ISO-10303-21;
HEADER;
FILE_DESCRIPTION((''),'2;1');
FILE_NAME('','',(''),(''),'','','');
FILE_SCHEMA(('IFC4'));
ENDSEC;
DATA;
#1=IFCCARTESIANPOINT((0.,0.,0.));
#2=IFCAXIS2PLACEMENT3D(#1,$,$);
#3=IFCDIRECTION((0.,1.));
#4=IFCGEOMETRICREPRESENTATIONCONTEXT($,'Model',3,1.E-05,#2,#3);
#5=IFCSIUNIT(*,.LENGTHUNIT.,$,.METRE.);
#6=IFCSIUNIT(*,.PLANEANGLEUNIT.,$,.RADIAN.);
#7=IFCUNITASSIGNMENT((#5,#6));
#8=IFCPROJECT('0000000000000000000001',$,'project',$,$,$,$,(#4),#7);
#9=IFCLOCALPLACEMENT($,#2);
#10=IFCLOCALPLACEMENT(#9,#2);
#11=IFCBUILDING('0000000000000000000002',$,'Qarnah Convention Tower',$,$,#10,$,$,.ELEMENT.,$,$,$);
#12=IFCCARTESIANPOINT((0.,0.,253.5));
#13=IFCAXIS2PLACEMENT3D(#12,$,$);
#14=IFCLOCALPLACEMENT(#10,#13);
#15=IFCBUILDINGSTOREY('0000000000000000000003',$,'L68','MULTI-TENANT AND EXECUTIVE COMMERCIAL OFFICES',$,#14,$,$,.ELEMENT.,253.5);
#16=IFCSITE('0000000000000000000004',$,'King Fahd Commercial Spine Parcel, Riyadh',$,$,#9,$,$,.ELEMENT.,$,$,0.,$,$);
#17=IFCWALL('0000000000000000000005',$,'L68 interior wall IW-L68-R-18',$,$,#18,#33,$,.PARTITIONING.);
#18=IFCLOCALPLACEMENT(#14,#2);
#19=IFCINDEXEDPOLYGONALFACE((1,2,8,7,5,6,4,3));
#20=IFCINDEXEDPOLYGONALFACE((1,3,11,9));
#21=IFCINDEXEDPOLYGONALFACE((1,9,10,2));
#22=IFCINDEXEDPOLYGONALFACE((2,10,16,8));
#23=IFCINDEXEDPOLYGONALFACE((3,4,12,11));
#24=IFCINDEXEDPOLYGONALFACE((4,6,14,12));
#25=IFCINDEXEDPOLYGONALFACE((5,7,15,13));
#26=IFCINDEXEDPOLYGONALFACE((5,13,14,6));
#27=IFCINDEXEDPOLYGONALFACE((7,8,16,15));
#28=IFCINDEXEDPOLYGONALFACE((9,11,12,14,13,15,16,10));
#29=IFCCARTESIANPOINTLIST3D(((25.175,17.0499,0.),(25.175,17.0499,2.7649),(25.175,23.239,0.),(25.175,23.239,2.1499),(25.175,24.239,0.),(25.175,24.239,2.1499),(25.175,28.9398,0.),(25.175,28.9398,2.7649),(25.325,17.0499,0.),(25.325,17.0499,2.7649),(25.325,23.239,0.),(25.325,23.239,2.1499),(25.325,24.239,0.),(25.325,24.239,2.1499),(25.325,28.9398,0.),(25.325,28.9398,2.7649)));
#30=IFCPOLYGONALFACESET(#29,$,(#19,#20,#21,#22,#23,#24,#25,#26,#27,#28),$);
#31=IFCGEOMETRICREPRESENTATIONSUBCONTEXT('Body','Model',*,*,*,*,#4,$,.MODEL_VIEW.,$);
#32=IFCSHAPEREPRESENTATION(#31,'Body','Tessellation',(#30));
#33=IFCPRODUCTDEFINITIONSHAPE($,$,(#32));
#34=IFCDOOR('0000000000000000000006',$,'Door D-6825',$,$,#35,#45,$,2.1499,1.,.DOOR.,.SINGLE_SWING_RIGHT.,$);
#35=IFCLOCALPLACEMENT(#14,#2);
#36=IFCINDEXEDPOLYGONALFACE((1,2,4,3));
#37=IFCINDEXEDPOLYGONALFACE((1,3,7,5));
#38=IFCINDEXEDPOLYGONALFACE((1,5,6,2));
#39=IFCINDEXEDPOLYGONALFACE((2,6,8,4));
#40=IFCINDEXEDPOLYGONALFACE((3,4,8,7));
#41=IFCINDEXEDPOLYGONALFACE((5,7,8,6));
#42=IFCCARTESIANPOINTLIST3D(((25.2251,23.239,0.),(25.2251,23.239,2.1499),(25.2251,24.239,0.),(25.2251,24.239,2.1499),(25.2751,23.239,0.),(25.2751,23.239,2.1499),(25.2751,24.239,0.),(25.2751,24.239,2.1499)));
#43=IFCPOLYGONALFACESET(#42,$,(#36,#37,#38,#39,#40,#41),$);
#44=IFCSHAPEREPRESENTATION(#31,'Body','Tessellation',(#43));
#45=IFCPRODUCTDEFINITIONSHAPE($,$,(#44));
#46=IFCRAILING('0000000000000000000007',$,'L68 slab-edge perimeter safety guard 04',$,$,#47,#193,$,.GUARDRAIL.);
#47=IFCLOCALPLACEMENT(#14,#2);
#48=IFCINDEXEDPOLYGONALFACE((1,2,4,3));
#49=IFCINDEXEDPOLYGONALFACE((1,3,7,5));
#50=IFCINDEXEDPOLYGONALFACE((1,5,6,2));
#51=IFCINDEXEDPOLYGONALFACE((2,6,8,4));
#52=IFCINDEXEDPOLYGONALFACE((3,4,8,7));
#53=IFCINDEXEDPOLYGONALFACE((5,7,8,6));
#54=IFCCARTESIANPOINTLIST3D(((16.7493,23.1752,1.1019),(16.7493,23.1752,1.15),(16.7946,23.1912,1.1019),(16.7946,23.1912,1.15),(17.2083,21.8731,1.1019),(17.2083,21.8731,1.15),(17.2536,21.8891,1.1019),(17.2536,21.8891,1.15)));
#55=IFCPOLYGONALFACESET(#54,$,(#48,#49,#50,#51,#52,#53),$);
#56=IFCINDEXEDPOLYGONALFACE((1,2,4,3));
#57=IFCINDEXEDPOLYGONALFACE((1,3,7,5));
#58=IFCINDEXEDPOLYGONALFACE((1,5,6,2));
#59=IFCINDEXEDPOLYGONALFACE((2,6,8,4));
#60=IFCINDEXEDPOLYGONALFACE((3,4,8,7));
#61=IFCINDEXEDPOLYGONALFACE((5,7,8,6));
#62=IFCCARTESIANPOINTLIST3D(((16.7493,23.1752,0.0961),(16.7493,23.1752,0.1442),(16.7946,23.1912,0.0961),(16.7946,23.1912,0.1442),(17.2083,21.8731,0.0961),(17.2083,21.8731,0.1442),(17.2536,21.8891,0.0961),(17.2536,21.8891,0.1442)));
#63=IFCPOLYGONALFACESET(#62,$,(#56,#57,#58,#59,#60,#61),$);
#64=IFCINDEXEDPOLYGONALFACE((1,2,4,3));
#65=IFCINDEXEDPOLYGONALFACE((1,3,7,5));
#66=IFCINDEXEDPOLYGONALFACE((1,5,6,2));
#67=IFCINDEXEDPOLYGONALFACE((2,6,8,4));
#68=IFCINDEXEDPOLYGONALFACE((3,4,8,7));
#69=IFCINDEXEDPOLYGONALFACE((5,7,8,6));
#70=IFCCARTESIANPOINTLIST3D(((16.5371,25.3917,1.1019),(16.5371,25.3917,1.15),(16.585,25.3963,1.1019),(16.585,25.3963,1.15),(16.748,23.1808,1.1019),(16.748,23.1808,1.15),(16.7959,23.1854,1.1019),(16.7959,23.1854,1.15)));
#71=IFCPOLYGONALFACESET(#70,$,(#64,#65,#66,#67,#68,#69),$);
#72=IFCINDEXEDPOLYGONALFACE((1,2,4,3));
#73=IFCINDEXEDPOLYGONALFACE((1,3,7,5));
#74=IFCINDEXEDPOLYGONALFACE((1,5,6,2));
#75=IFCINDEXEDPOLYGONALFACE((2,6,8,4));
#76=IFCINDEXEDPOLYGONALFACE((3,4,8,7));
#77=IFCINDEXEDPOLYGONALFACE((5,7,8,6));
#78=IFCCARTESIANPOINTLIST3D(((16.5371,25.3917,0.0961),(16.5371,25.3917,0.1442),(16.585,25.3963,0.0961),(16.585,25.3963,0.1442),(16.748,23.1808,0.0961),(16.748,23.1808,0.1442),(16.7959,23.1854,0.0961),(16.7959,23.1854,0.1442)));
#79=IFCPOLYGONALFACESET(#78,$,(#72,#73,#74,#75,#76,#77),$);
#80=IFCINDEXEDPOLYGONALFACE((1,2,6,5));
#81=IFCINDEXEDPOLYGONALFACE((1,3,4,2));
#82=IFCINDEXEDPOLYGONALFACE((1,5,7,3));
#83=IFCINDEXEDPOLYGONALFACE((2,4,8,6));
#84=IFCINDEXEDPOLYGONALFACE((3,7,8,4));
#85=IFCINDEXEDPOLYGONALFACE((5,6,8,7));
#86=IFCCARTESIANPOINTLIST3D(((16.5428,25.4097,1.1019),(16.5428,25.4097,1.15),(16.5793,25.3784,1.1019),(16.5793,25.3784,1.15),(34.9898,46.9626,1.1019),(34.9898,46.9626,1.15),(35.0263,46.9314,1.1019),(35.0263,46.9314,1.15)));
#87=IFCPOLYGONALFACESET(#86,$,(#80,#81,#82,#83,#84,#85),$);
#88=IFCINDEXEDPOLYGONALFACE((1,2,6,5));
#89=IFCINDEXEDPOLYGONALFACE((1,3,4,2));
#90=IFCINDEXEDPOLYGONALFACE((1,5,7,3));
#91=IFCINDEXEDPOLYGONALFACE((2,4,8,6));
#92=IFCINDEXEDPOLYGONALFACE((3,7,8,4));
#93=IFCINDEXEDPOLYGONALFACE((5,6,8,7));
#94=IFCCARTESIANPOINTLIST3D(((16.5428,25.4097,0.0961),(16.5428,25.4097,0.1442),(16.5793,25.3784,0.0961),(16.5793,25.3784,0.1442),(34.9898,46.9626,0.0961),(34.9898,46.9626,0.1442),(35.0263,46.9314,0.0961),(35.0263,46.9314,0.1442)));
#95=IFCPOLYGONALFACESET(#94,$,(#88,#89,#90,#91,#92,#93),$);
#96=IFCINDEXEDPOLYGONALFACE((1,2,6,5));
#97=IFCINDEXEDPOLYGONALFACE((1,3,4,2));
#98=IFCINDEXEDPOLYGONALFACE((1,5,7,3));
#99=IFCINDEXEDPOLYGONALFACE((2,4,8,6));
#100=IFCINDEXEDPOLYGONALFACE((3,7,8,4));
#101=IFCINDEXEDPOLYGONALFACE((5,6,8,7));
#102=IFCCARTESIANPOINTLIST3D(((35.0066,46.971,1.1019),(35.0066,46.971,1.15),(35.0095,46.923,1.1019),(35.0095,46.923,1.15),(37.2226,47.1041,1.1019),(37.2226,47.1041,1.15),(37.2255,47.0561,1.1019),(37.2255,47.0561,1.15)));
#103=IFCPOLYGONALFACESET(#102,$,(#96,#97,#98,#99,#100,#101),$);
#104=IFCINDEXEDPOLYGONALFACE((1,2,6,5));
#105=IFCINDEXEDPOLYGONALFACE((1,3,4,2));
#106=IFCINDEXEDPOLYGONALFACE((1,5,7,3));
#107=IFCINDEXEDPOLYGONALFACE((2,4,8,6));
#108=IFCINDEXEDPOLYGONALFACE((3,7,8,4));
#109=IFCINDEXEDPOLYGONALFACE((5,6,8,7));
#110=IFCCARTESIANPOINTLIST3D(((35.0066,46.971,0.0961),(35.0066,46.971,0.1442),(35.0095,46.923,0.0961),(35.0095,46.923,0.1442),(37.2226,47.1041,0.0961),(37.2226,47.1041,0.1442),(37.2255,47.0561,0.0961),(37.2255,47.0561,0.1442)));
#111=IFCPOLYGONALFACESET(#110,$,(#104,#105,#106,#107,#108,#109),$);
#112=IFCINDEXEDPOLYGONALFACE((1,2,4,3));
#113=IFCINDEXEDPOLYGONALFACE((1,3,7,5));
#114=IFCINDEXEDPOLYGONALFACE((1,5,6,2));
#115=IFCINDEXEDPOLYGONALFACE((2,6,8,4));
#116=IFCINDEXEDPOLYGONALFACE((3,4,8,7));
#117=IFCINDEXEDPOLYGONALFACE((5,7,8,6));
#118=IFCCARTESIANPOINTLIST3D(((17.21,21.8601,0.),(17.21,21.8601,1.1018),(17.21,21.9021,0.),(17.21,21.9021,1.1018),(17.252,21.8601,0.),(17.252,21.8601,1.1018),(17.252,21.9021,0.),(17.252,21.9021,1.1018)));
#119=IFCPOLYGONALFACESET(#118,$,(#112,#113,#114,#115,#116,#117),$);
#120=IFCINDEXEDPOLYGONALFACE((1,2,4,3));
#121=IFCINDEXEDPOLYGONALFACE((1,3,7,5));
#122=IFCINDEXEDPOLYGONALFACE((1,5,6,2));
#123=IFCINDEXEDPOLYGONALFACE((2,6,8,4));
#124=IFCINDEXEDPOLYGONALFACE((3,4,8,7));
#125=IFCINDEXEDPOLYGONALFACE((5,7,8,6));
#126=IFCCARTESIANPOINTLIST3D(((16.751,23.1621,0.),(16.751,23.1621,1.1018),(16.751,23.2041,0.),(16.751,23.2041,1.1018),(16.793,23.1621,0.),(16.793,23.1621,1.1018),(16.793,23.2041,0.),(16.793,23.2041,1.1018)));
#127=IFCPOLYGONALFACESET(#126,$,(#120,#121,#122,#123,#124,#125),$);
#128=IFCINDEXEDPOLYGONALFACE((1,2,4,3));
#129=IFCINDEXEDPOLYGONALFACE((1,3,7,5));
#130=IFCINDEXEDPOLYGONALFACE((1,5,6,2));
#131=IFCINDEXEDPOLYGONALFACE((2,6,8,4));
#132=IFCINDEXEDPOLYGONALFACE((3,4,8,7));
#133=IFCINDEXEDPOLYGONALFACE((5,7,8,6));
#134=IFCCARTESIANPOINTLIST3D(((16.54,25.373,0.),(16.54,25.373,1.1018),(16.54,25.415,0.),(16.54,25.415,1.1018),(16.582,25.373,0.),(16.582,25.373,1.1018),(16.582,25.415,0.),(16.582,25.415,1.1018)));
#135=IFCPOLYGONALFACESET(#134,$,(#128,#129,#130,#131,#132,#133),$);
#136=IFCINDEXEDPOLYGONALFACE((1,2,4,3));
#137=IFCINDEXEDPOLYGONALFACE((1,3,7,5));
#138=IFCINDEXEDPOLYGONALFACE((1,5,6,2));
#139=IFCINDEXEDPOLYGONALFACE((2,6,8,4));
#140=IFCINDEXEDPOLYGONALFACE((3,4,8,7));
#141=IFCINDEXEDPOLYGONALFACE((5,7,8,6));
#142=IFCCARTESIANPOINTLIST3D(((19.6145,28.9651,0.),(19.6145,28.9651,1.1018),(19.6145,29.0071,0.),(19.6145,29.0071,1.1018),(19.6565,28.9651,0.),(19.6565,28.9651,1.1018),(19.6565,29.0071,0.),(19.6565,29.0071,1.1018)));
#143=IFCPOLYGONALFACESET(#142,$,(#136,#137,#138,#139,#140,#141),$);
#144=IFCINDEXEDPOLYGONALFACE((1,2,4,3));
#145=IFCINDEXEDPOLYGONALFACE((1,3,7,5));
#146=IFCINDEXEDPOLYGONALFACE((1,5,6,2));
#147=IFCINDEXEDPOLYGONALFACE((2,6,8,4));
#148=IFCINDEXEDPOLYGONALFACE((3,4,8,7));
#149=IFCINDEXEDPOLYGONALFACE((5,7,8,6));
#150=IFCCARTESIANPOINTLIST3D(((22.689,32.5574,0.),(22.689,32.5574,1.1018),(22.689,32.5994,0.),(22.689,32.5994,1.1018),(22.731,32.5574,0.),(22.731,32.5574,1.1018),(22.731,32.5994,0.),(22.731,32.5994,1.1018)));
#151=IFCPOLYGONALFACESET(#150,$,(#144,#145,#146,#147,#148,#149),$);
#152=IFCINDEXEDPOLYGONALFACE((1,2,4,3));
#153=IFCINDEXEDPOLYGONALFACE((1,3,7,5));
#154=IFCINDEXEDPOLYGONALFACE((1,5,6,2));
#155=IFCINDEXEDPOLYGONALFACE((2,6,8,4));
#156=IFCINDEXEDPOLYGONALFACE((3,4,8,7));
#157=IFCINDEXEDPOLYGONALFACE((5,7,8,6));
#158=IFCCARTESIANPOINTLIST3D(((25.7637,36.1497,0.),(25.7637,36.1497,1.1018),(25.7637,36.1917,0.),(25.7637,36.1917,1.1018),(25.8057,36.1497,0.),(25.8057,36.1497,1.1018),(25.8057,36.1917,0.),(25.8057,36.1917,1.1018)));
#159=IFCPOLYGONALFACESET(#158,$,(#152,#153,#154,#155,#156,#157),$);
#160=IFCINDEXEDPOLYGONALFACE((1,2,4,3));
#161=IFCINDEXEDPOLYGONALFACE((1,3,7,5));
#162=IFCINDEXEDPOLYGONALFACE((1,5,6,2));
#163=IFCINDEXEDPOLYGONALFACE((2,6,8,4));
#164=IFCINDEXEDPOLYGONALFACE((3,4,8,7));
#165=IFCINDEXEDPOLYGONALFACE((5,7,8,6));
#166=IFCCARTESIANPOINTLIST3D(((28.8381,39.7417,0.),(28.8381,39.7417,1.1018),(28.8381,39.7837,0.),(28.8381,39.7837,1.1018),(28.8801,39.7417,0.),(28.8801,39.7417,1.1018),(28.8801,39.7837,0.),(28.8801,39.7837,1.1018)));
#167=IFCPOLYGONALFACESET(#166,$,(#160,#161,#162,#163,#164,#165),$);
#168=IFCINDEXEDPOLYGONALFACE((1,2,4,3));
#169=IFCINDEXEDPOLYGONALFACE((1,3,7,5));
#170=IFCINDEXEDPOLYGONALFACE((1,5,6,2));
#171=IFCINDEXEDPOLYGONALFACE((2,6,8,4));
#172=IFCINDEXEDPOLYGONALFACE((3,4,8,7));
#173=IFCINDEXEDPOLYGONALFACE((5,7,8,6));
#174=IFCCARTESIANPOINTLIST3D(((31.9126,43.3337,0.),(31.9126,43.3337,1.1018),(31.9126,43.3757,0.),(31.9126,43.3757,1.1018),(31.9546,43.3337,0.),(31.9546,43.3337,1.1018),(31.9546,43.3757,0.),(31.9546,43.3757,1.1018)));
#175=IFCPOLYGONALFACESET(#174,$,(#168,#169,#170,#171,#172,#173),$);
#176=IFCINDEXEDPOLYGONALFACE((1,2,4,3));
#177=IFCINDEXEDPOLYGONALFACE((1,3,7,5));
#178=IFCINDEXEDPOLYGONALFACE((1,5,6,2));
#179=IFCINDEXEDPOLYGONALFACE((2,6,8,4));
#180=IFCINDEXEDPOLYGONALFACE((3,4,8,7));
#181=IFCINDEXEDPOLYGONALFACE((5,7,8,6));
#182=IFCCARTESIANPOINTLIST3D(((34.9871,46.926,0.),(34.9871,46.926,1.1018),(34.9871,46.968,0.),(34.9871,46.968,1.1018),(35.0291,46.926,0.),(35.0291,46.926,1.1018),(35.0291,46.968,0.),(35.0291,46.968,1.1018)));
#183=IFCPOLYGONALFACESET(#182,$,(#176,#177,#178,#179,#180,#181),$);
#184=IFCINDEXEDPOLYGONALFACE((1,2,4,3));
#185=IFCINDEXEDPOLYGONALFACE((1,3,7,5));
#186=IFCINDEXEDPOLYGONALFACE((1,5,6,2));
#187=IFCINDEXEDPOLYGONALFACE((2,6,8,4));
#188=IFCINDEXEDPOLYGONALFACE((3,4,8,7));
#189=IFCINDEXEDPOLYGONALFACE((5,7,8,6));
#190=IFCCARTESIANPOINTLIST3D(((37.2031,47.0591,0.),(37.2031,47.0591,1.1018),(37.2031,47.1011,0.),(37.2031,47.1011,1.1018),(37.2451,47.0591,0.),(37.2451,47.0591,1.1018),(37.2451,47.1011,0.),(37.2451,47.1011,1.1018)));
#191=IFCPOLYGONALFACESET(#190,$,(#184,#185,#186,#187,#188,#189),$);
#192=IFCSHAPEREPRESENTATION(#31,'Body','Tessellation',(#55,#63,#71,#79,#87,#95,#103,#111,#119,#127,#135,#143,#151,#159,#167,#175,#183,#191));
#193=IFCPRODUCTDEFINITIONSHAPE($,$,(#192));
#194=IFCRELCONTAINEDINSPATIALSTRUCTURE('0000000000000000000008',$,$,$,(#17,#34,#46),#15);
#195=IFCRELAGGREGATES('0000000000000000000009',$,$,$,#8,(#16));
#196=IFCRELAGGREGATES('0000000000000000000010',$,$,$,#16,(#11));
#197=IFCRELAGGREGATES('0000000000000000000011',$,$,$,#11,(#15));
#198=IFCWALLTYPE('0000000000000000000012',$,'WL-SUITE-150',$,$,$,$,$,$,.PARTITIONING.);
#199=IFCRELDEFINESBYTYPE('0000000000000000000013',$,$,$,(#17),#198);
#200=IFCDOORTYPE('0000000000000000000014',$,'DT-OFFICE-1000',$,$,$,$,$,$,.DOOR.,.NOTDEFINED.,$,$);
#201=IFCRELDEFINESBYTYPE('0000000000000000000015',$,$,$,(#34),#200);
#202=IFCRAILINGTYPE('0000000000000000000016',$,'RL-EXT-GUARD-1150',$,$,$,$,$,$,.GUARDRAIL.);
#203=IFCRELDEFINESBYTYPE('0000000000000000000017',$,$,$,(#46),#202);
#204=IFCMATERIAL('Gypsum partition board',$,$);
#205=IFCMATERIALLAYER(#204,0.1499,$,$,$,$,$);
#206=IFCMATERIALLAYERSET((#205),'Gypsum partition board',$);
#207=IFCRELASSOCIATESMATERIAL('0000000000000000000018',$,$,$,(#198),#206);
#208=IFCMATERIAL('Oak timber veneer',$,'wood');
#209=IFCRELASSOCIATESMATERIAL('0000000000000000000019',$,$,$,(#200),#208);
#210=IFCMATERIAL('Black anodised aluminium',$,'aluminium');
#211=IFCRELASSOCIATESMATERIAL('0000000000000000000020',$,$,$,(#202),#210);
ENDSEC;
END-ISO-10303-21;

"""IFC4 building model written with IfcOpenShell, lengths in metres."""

from ifc_helpers import new_model, si_unit, direction, frame, frame_2d, origin, origin_2d, place, context, subcontext, project, spatial, rectangle, extrude, material, layer, layer_set, type_object, element, fill, save


model = new_model("IFC4")

# Units and contexts
model_context = context("Model", 3, precision=1e-05, world=origin(), true_north=direction((0.0, 1.0)))
body_context = subcontext(model_context, "Body", "Model", "MODEL_VIEW")
ifc_project = project(units=[si_unit("LENGTHUNIT", "METRE"), si_unit("PLANEANGLEUNIT", "RADIAN")], contexts=[model_context])

# Site, building, storey
site_placement = place(None, origin())
site = spatial("IfcSite", under=ifc_project, at=site_placement, Name="King Fahd Commercial Spine Parcel, Riyadh", CompositionType="ELEMENT", RefElevation=0.0)
building_placement = place(site_placement, origin())
building = spatial("IfcBuilding", under=site, at=building_placement, Name="Qarnah Convention Tower", CompositionType="ELEMENT")
storey_placement = place(building_placement, frame((0.0, 0.0, 253.5)))
storey = spatial("IfcBuildingStorey", under=building, at=storey_placement, Name="L68", Description="MULTI-TENANT AND EXECUTIVE COMMERCIAL OFFICES", CompositionType="ELEMENT", Elevation=253.5)

# Shared definitions
ifc_material_1 = material(Name="Black anodised aluminium", Category="aluminium")

# Shared definitions
ifc_material_2 = material(Name="Gypsum partition board")
ifc_layer_1 = layer(ifc_material_2, 0.1499)
ifc_layer_set_1 = layer_set([ifc_layer_1], Name="Gypsum partition board")
wall_type_1 = type_object("IfcWallType", Name="WL-SUITE-150", PredefinedType="PARTITIONING", material=ifc_layer_set_1)

# Wall, opening, door
wall_1_placement = place(storey_placement, frame((25.25, 17.05, 0.0), z_axis=(0.0, 0.0, 1.0), x_axis=(0.0, 1.0, 0.0)))
wall_1 = element("IfcWall", 1, at=wall_1_placement, inside=storey, type_object=wall_type_1, Name="L68 interior wall IW-L68-R-18", PredefinedType="PARTITIONING", context=body_context, shape_type="SweptSolid", body=[
    extrude(rectangle(XDim=11.8899, YDim=0.1499, at=frame_2d((5.9448, 0.0))), origin(), (0.0, 0.0, 1.0), 2.7649),
])
opening_1_placement = place(wall_1_placement, frame((6.189, 0.0, 0.0)))
opening_1 = element("IfcOpeningElement", 2, at=opening_1_placement, cuts=wall_1, PredefinedType="OPENING", context=body_context, shape_type="SweptSolid", body=[
    extrude(rectangle(XDim=1.0, YDim=2.1499, at=frame_2d((0.5, 1.075))), frame((0.0, 0.085, 0.0), z_axis=(0.0, -1.0, 0.0), x_axis=(1.0, 0.0, 0.0)), (0.0, 0.0, 1.0), 0.1699),
])
ifc_material_3 = material(Name="Oak timber veneer", Category="wood")
door_type_1 = type_object("IfcDoorType", Name="DT-OFFICE-1000", OperationType="NOTDEFINED", PredefinedType="DOOR", material=ifc_material_3)
door_1_placement = place(opening_1_placement, origin())
door_1 = element("IfcDoor", 3, at=door_1_placement, inside=storey, type_object=door_type_1, Name="Door D-6825", OperationType="SINGLE_SWING_RIGHT", OverallHeight=2.1499, OverallWidth=1.0, PredefinedType="DOOR", context=body_context, shape_type="SweptSolid", body=[
    extrude(rectangle(XDim=1.0, YDim=2.1499, at=frame_2d((0.5, 1.075))), frame((0.0, 0.0249, 0.0), z_axis=(0.0, -1.0, 0.0), x_axis=(1.0, 0.0, 0.0)), (0.0, 0.0, 1.0), 0.05),
])
fill(opening_1, door_1)

# Railing
railing_type = type_object("IfcRailingType", Name="RL-EXT-GUARD-1150", PredefinedType="GUARDRAIL", material=ifc_material_1)
railing_1_placement = place(storey_placement, frame((17.231, 21.8811, 0.0)))
element("IfcRailing", 4, at=railing_1_placement, inside=storey, type_object=railing_type, Name="L68 slab-edge perimeter safety guard 04", PredefinedType="GUARDRAIL", context=body_context, shape_type="SweptSolid", body=[
    extrude(rectangle(XDim=0.0481, YDim=0.0481, at=origin_2d()), frame((0.0, 0.0, 1.126), z_axis=(-0.332469, 0.943114, 0.0), x_axis=(-0.943114, -0.332469, 0.0)), (0.0, 0.0, 1.0), 1.3806),
    extrude(rectangle(XDim=0.0481, YDim=0.0481, at=origin_2d()), frame((0.0, 0.0, 0.1201), z_axis=(-0.332469, 0.943114, 0.0), x_axis=(-0.943114, -0.332469, 0.0)), (0.0, 0.0, 1.0), 1.3806),
    extrude(rectangle(XDim=0.0481, YDim=0.0481, at=origin_2d()), frame((-0.459, 1.302, 1.126), z_axis=(-0.094975, 0.99548, 0.0), x_axis=(-0.99548, -0.094975, 0.0)), (0.0, 0.0, 1.0), 2.2209),
    extrude(rectangle(XDim=0.0481, YDim=0.0481, at=origin_2d()), frame((-0.459, 1.302, 0.1201), z_axis=(-0.094975, 0.99548, 0.0), x_axis=(-0.99548, -0.094975, 0.0)), (0.0, 0.0, 1.0), 2.2209),
    extrude(rectangle(XDim=0.0481, YDim=0.0481, at=origin_2d()), frame((-0.6699, 3.5129, 1.126), z_axis=(0.650243, 0.759726, 0.0), x_axis=(-0.759726, 0.650243, 0.0)), (0.0, 0.0, 1.0), 28.3694),
    extrude(rectangle(XDim=0.0481, YDim=0.0481, at=origin_2d()), frame((-0.6699, 3.5129, 0.1201), z_axis=(0.650243, 0.759726, 0.0), x_axis=(-0.759726, 0.650243, 0.0)), (0.0, 0.0, 1.0), 28.3694),
    extrude(rectangle(XDim=0.0481, YDim=0.0481, at=origin_2d()), frame((17.7771, 25.0659, 1.126), z_axis=(0.998202, 0.059934, 0.0), x_axis=(-0.059934, 0.998202, 0.0)), (0.0, 0.0, 1.0), 2.22),
    extrude(rectangle(XDim=0.0481, YDim=0.0481, at=origin_2d()), frame((17.7771, 25.0659, 0.1201), z_axis=(0.998202, 0.059934, 0.0), x_axis=(-0.059934, 0.998202, 0.0)), (0.0, 0.0, 1.0), 2.22),
    extrude(rectangle(XDim=0.042, YDim=0.042, at=origin_2d()), origin(), (0.0, 0.0, 1.0), 1.1018),
    extrude(rectangle(XDim=0.042, YDim=0.042, at=origin_2d()), frame((-0.459, 1.302, 0.0)), (0.0, 0.0, 1.0), 1.1018),
    extrude(rectangle(XDim=0.042, YDim=0.042, at=origin_2d()), frame((-0.6699, 3.5129, 0.0)), (0.0, 0.0, 1.0), 1.1018),
    extrude(rectangle(XDim=0.042, YDim=0.042, at=origin_2d()), frame((2.4045, 7.105, 0.0)), (0.0, 0.0, 1.0), 1.1018),
    extrude(rectangle(XDim=0.042, YDim=0.042, at=origin_2d()), frame((5.479, 10.6973, 0.0)), (0.0, 0.0, 1.0), 1.1018),
    extrude(rectangle(XDim=0.042, YDim=0.042, at=origin_2d()), frame((8.5537, 14.2896, 0.0)), (0.0, 0.0, 1.0), 1.1018),
    extrude(rectangle(XDim=0.042, YDim=0.042, at=origin_2d()), frame((11.6282, 17.8816, 0.0)), (0.0, 0.0, 1.0), 1.1018),
    extrude(rectangle(XDim=0.042, YDim=0.042, at=origin_2d()), frame((14.7026, 21.4736, 0.0)), (0.0, 0.0, 1.0), 1.1018),
    extrude(rectangle(XDim=0.042, YDim=0.042, at=origin_2d()), frame((17.7771, 25.0659, 0.0)), (0.0, 0.0, 1.0), 1.1018),
    extrude(rectangle(XDim=0.042, YDim=0.042, at=origin_2d()), frame((19.9932, 25.199, 0.0)), (0.0, 0.0, 1.0), 1.1018),
])

save(model, "model.ifc")
